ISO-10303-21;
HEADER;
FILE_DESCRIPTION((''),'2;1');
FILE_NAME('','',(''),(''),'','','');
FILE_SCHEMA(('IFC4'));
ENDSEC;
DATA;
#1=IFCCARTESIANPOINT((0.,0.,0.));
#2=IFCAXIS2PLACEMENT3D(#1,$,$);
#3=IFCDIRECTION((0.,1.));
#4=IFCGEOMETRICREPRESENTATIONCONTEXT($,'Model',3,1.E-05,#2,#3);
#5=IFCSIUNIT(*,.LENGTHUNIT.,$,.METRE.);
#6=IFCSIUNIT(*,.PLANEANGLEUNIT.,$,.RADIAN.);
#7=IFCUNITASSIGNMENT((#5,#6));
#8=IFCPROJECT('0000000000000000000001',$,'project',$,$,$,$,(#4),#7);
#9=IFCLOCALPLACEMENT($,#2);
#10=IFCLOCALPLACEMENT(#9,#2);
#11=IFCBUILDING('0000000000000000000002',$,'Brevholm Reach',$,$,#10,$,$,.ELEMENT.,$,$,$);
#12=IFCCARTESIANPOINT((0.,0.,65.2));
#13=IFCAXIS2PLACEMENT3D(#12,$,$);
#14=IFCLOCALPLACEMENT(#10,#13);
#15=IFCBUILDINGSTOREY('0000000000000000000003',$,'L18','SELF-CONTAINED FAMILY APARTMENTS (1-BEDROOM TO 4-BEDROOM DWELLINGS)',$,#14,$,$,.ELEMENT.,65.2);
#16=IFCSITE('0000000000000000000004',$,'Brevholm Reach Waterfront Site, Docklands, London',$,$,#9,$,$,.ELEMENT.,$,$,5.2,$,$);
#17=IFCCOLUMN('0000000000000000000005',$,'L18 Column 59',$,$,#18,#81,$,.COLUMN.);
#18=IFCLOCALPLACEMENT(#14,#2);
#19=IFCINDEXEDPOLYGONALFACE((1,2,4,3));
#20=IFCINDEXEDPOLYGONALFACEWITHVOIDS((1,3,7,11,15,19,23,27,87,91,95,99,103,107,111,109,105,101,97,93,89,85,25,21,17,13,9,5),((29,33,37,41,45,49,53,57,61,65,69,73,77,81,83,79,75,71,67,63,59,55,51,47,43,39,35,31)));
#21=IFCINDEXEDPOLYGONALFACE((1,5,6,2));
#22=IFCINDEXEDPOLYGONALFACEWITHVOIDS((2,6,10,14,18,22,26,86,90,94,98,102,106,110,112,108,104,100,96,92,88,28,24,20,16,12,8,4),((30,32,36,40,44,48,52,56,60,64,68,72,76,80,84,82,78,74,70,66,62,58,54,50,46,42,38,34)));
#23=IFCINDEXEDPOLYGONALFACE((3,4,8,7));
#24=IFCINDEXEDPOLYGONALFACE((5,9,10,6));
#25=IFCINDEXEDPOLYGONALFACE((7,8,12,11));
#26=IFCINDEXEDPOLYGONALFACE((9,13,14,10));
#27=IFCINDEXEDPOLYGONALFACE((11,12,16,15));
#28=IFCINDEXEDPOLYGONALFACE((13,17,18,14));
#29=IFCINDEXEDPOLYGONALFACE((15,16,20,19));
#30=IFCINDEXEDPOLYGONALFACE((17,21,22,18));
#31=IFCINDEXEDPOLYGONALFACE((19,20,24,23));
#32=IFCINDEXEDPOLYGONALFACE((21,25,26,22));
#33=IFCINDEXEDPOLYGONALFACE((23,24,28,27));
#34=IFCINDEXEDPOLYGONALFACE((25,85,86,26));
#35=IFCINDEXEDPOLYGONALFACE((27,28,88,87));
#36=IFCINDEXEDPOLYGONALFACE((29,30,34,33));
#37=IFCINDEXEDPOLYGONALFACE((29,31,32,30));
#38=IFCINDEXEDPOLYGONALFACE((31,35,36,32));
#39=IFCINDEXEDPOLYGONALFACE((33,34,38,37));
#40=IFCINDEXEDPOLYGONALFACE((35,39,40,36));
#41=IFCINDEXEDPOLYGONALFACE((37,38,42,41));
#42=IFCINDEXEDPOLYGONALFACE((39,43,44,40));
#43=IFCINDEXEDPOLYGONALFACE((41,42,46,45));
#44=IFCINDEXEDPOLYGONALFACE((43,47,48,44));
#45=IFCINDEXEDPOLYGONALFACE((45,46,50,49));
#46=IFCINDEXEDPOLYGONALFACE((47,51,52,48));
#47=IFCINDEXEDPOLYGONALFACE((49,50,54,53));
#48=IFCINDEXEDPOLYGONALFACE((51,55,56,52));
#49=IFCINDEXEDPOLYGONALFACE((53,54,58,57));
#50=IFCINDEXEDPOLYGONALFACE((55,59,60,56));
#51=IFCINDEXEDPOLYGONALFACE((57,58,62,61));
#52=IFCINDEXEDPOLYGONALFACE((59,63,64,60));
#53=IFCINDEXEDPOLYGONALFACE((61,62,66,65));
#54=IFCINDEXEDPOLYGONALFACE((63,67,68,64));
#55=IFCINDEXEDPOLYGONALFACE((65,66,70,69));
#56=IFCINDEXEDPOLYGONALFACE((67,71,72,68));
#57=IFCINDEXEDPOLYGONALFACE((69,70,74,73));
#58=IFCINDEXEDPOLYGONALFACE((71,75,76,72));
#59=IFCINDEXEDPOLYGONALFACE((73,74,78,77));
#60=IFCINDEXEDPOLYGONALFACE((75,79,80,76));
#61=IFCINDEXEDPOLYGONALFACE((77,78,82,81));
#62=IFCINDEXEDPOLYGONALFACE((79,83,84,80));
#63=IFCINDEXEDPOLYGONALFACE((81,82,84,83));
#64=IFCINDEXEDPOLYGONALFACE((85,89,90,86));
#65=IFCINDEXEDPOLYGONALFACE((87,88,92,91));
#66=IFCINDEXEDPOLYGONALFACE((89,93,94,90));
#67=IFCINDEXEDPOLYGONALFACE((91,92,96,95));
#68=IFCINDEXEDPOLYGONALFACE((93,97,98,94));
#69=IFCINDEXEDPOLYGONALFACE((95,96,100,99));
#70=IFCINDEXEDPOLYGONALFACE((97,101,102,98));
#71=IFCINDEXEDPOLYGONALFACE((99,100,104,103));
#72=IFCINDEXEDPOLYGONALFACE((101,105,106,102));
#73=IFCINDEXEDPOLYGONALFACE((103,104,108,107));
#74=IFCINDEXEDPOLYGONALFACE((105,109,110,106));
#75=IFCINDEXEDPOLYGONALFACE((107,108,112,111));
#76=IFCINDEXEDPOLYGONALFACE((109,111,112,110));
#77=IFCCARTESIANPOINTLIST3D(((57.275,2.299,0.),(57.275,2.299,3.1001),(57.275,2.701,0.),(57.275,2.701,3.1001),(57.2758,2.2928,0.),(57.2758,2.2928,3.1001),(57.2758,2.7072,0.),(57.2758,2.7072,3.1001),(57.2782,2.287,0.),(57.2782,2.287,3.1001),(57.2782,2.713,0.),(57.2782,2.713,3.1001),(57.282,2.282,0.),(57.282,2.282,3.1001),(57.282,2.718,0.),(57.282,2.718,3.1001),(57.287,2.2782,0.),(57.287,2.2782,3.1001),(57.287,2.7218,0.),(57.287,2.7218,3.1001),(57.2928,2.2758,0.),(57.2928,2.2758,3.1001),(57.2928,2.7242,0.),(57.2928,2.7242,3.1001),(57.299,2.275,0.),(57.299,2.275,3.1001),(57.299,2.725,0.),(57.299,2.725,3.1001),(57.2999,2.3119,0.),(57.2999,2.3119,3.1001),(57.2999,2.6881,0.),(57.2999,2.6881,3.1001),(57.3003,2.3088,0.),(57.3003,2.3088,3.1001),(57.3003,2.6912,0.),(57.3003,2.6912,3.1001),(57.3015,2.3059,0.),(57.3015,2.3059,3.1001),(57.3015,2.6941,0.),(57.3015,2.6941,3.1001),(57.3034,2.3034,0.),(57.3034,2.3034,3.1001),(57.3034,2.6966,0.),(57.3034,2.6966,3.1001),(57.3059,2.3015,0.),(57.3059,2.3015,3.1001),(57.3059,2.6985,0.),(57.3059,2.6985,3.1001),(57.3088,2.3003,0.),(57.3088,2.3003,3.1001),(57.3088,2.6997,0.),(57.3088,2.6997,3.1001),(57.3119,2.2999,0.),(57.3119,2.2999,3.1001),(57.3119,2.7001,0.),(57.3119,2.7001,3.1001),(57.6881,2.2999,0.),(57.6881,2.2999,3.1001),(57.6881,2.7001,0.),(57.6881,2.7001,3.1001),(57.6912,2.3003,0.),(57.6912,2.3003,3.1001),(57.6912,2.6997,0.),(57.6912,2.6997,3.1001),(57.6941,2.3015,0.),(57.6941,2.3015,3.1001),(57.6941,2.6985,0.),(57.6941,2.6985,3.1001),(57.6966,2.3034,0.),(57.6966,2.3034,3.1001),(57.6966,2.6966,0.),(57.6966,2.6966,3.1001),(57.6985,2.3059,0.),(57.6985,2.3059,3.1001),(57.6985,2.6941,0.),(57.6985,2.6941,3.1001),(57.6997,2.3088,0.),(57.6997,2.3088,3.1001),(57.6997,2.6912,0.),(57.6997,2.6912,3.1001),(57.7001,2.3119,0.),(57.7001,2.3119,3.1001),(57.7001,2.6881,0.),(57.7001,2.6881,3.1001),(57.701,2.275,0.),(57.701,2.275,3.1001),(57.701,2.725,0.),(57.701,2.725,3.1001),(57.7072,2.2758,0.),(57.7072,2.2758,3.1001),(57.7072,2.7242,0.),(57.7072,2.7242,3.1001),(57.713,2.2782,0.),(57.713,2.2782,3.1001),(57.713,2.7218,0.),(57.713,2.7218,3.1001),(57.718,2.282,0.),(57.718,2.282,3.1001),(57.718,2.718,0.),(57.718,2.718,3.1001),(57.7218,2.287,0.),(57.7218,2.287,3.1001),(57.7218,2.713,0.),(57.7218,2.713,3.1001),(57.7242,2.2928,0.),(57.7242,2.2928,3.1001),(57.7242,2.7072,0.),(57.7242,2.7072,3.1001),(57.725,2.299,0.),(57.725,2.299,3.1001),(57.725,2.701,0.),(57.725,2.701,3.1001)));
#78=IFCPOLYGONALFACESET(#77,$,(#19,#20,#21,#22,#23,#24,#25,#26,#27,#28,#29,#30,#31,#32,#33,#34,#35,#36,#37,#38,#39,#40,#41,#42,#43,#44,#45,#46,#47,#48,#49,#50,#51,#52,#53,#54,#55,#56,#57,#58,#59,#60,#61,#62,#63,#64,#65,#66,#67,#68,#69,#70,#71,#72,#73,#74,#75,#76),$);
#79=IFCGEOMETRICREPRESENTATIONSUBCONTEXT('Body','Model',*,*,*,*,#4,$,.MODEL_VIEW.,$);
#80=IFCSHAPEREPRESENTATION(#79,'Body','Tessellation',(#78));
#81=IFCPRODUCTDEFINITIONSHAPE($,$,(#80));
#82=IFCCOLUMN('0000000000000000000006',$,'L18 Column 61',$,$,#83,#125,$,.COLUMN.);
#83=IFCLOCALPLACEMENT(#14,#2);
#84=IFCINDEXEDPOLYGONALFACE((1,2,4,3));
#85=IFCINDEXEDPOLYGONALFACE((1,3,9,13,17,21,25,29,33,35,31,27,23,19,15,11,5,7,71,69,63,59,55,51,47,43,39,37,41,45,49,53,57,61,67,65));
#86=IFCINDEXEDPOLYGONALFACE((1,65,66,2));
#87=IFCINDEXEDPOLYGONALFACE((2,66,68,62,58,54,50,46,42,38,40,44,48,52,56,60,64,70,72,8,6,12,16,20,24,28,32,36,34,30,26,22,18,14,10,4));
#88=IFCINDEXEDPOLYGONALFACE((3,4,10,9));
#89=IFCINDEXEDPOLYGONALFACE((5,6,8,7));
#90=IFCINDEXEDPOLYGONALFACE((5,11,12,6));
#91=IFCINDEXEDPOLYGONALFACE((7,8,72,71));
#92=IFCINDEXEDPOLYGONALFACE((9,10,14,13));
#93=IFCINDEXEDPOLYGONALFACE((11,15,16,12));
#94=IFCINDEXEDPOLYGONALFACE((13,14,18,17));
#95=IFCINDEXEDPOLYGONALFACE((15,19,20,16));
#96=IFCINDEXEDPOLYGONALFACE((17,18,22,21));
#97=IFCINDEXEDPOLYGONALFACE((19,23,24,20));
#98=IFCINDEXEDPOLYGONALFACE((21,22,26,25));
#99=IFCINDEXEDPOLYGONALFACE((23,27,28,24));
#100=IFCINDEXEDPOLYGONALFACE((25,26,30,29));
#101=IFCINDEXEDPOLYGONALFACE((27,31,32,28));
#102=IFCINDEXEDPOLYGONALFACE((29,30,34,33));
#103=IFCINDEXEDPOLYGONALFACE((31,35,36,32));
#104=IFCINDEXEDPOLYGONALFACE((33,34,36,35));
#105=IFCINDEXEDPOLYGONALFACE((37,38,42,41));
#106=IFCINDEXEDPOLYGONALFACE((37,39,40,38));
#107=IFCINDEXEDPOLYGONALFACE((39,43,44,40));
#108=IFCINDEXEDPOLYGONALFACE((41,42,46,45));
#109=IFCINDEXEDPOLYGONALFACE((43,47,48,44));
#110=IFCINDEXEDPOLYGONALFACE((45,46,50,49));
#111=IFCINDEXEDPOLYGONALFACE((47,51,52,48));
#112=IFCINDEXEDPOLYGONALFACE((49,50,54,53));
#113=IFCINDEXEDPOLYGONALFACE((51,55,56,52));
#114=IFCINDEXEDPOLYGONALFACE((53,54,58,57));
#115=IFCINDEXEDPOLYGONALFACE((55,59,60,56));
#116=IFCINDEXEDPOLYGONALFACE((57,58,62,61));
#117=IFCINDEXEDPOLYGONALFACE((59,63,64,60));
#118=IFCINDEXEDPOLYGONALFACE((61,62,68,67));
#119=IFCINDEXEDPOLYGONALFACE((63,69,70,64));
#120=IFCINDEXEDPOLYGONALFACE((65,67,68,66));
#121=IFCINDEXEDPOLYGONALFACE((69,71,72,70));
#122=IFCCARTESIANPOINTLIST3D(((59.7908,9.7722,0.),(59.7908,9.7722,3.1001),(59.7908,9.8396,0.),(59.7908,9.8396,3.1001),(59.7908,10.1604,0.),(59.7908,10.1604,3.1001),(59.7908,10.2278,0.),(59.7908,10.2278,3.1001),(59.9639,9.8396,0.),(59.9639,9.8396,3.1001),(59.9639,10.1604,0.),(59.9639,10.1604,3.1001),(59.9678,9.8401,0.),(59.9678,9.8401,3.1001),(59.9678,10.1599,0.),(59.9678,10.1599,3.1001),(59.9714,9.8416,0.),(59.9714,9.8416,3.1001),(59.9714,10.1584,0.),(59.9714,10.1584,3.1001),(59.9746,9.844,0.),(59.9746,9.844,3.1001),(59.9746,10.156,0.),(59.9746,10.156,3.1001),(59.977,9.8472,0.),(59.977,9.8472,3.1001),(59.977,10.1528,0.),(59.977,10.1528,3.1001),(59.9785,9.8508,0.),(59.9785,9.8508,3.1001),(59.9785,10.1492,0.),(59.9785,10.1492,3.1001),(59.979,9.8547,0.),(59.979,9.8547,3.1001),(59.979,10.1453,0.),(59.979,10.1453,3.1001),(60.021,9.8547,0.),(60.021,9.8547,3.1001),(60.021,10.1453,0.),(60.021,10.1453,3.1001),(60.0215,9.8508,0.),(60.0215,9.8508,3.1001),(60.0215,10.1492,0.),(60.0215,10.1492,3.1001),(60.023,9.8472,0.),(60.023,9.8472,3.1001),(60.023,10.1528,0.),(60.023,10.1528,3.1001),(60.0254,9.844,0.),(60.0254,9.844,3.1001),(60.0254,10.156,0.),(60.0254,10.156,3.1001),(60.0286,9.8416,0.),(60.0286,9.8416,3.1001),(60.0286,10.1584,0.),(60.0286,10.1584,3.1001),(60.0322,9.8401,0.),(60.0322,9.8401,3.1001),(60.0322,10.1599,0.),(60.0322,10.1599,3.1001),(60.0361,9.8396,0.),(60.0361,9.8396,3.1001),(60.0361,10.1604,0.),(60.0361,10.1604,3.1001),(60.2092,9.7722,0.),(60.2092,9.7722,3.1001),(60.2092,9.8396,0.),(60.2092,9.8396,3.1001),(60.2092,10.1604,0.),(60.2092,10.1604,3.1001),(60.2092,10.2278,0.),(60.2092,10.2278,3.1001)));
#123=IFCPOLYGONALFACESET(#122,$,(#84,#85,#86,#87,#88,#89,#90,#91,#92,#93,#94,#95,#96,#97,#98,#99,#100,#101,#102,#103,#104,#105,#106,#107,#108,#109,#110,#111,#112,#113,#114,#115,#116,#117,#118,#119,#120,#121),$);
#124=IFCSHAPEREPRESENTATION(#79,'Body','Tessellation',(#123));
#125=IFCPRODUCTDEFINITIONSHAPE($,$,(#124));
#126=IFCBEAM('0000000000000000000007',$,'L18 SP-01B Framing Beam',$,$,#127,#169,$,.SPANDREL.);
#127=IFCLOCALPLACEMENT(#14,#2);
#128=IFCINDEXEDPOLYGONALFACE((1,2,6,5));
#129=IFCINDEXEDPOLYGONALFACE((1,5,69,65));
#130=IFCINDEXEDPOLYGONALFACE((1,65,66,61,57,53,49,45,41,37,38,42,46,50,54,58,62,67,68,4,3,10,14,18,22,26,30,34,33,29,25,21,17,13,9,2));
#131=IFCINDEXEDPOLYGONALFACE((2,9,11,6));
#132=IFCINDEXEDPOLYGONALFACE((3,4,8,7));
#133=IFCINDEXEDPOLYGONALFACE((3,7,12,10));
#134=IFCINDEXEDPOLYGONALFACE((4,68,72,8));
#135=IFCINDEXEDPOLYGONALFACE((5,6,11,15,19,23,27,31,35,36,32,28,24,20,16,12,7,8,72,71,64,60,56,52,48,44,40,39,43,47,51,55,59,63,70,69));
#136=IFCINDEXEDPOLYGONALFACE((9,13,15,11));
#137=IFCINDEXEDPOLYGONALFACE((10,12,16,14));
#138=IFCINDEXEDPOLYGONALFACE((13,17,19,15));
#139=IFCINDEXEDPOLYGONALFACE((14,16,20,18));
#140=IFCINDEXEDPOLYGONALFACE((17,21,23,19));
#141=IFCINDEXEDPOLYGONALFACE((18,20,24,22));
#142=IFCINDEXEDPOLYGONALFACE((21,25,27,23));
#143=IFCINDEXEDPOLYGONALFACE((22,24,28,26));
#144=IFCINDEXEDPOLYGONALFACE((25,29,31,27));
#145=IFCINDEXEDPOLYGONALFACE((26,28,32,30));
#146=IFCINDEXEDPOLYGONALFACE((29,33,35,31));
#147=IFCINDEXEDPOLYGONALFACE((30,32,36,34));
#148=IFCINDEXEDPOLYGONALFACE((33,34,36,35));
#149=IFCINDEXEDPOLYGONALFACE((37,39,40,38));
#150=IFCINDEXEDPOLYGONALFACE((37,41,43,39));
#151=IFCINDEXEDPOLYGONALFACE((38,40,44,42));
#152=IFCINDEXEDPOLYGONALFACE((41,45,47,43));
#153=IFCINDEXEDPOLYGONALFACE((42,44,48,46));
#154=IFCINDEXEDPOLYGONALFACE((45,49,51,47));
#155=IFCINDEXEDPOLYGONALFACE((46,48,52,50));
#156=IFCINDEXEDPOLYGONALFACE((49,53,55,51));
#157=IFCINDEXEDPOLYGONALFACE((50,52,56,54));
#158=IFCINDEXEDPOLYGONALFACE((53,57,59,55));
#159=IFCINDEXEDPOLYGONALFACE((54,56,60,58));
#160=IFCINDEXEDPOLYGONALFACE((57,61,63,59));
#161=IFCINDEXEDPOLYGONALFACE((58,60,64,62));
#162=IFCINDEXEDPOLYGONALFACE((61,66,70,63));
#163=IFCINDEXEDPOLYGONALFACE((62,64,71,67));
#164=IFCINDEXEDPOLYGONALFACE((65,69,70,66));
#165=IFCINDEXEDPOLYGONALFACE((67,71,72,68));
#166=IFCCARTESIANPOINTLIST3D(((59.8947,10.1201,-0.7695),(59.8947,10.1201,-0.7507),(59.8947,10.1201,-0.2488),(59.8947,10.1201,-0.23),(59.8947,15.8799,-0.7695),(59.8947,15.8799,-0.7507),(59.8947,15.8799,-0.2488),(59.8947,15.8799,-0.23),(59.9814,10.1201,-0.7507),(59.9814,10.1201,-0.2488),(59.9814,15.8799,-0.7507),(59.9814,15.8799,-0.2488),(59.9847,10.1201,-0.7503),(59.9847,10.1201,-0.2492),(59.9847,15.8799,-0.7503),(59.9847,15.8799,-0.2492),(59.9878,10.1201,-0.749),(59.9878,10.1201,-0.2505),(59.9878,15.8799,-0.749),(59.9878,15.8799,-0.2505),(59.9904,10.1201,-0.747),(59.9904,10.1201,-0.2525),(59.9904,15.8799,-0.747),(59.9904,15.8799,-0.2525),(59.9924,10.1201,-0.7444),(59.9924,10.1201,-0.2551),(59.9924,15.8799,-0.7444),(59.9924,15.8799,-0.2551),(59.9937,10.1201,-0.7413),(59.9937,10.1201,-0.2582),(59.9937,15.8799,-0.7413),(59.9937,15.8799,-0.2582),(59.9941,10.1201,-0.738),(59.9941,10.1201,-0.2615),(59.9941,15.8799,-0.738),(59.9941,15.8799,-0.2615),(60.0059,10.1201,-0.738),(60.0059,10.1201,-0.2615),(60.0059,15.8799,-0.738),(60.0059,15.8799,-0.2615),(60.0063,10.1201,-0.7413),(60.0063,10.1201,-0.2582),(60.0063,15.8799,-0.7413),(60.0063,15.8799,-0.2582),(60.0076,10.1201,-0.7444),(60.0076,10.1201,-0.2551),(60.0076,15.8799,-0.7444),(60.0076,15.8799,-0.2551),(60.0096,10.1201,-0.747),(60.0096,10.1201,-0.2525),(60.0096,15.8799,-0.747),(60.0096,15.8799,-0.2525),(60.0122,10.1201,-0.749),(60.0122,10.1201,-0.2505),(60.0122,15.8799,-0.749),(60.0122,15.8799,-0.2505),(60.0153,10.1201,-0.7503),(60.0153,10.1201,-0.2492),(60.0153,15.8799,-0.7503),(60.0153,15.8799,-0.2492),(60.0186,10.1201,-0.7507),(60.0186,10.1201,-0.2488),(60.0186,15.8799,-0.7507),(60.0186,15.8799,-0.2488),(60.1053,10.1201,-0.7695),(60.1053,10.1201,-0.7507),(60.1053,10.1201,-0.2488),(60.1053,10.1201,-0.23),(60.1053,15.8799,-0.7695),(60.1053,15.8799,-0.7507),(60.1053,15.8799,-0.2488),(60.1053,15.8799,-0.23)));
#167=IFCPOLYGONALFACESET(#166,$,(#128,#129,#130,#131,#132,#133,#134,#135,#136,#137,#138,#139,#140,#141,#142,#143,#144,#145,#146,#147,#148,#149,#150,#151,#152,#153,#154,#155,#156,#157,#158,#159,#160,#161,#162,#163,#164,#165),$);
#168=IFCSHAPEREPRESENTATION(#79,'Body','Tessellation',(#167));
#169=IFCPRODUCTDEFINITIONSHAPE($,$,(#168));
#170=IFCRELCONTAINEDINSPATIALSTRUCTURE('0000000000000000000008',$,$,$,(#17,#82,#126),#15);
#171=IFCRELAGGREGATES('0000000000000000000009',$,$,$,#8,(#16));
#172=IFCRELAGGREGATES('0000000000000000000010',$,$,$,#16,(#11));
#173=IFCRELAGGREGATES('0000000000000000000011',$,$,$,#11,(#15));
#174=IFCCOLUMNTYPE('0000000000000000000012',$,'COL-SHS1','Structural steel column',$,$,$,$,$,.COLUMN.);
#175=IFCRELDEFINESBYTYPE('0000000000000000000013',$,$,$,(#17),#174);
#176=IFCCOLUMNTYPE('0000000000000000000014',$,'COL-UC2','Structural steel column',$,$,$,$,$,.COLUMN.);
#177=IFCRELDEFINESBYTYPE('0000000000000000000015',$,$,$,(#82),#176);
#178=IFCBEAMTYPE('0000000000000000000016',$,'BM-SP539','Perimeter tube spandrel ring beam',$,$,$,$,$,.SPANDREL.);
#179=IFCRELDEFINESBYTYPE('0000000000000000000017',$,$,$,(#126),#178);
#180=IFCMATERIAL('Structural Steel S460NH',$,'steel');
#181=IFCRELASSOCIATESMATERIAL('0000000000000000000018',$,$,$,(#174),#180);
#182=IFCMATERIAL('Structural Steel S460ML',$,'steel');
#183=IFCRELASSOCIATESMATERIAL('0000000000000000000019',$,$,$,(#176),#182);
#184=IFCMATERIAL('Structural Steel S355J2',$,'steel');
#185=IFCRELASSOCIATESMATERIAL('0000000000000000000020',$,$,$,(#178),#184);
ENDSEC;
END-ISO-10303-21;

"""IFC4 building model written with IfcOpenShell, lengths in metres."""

from ifc_helpers import new_model, si_unit, direction, frame, origin, origin_2d, place, context, subcontext, project, spatial, hollow_rectangle, i_section, extrude, material, material_profile, profile_set, type_object, element, save


model = new_model("IFC4")

# Units and contexts
model_context = context("Model", 3, precision=1e-05, world=origin(), true_north=direction((0.0, 1.0)))
body_context = subcontext(model_context, "Body", "Model", "MODEL_VIEW")
ifc_project = project(units=[si_unit("LENGTHUNIT", "METRE"), si_unit("PLANEANGLEUNIT", "RADIAN")], contexts=[model_context])

# Site, building, storey
site_placement = place(None, origin())
site = spatial("IfcSite", under=ifc_project, at=site_placement, Name="Brevholm Reach Waterfront Site, Docklands, London", CompositionType="ELEMENT", RefElevation=5.2)
building_placement = place(site_placement, origin())
building = spatial("IfcBuilding", under=site, at=building_placement, Name="Brevholm Reach", CompositionType="ELEMENT")
storey_placement = place(building_placement, frame((0.0, 0.0, 65.2)))
storey = spatial("IfcBuildingStorey", under=building, at=storey_placement, Name="L18", Description="SELF-CONTAINED FAMILY APARTMENTS (1-BEDROOM TO 4-BEDROOM DWELLINGS)", CompositionType="ELEMENT", Elevation=65.2)

# Columns
ifc_material_1 = material(Name="Structural Steel S460NH", Category="steel")
ifc_material_profile_1 = material_profile(ifc_material_1, hollow_rectangle(XDim=0.45, YDim=0.45, WallThickness=0.0249, InnerFilletRadius=0.012, OuterFilletRadius=0.0239, at=origin_2d()), Name="SHS 450x450x25")
ifc_profile_set_1 = profile_set([ifc_material_profile_1], Name="Structural Steel S460NH")
column_type_1 = type_object("IfcColumnType", Name="COL-SHS1", Description="Structural steel column", PredefinedType="COLUMN", material=ifc_profile_set_1)
column_1_placement = place(storey_placement, frame((57.5, 2.5, 0.0), z_axis=(0.0, 0.0, 1.0), x_axis=(1.0, 0.0, 0.0)))
element("IfcColumn", 1, at=column_1_placement, inside=storey, type_object=column_type_1, Name="L18 Column 59", PredefinedType="COLUMN", context=body_context, shape_type="SweptSolid", body=[
    extrude(hollow_rectangle(XDim=0.45, YDim=0.45, WallThickness=0.0249, InnerFilletRadius=0.012, OuterFilletRadius=0.0239, at=origin_2d()), origin(), (0.0, 0.0, 1.0), 3.1001),
])
ifc_material_2 = material(Name="Structural Steel S460ML", Category="steel")
ifc_material_profile_2 = material_profile(ifc_material_2, i_section(OverallWidth=0.4185, OverallDepth=0.4556, WebThickness=0.042, FlangeThickness=0.0674, FilletRadius=0.0151, at=origin_2d()), Name="UKC 356x406x551")
ifc_profile_set_2 = profile_set([ifc_material_profile_2], Name="Structural Steel S460ML")
column_type_2 = type_object("IfcColumnType", Name="COL-UC2", Description="Structural steel column", PredefinedType="COLUMN", material=ifc_profile_set_2)
column_2_placement = place(storey_placement, frame((60.0, 10.0, 0.0), z_axis=(0.0, 0.0, 1.0), x_axis=(1.0, 0.0, 0.0)))
element("IfcColumn", 2, at=column_2_placement, inside=storey, type_object=column_type_2, Name="L18 Column 61", PredefinedType="COLUMN", context=body_context, shape_type="SweptSolid", body=[
    extrude(i_section(OverallWidth=0.4185, OverallDepth=0.4556, WebThickness=0.042, FlangeThickness=0.0674, FilletRadius=0.0151, at=origin_2d()), origin(), (0.0, 0.0, 1.0), 3.1001),
])

# Beam
ifc_material_3 = material(Name="Structural Steel S355J2", Category="steel")
ifc_material_profile_3 = material_profile(ifc_material_3, i_section(OverallWidth=0.2107, OverallDepth=0.5396, WebThickness=0.0117, FlangeThickness=0.0188, FilletRadius=0.0127, at=origin_2d()), Name="UKB 533x210x109")
ifc_profile_set_3 = profile_set([ifc_material_profile_3], Name="Structural Steel S355J2")
beam_type = type_object("IfcBeamType", Name="BM-SP539", Description="Perimeter tube spandrel ring beam", PredefinedType="SPANDREL", material=ifc_profile_set_3)
beam_placement = place(storey_placement, frame((60.0, 10.1201, -0.4998), z_axis=(0.0, 1.0, 0.0), x_axis=(-1.0, 0.0, 0.0)))
element("IfcBeam", 3, at=beam_placement, inside=storey, type_object=beam_type, Name="L18 SP-01B Framing Beam", PredefinedType="SPANDREL", context=body_context, shape_type="SweptSolid", body=[
    extrude(i_section(OverallWidth=0.2107, OverallDepth=0.5396, WebThickness=0.0117, FlangeThickness=0.0188, FilletRadius=0.0127, at=origin_2d()), origin(), (0.0, 0.0, 1.0), 5.7598),
])

save(model, "model.ifc")
